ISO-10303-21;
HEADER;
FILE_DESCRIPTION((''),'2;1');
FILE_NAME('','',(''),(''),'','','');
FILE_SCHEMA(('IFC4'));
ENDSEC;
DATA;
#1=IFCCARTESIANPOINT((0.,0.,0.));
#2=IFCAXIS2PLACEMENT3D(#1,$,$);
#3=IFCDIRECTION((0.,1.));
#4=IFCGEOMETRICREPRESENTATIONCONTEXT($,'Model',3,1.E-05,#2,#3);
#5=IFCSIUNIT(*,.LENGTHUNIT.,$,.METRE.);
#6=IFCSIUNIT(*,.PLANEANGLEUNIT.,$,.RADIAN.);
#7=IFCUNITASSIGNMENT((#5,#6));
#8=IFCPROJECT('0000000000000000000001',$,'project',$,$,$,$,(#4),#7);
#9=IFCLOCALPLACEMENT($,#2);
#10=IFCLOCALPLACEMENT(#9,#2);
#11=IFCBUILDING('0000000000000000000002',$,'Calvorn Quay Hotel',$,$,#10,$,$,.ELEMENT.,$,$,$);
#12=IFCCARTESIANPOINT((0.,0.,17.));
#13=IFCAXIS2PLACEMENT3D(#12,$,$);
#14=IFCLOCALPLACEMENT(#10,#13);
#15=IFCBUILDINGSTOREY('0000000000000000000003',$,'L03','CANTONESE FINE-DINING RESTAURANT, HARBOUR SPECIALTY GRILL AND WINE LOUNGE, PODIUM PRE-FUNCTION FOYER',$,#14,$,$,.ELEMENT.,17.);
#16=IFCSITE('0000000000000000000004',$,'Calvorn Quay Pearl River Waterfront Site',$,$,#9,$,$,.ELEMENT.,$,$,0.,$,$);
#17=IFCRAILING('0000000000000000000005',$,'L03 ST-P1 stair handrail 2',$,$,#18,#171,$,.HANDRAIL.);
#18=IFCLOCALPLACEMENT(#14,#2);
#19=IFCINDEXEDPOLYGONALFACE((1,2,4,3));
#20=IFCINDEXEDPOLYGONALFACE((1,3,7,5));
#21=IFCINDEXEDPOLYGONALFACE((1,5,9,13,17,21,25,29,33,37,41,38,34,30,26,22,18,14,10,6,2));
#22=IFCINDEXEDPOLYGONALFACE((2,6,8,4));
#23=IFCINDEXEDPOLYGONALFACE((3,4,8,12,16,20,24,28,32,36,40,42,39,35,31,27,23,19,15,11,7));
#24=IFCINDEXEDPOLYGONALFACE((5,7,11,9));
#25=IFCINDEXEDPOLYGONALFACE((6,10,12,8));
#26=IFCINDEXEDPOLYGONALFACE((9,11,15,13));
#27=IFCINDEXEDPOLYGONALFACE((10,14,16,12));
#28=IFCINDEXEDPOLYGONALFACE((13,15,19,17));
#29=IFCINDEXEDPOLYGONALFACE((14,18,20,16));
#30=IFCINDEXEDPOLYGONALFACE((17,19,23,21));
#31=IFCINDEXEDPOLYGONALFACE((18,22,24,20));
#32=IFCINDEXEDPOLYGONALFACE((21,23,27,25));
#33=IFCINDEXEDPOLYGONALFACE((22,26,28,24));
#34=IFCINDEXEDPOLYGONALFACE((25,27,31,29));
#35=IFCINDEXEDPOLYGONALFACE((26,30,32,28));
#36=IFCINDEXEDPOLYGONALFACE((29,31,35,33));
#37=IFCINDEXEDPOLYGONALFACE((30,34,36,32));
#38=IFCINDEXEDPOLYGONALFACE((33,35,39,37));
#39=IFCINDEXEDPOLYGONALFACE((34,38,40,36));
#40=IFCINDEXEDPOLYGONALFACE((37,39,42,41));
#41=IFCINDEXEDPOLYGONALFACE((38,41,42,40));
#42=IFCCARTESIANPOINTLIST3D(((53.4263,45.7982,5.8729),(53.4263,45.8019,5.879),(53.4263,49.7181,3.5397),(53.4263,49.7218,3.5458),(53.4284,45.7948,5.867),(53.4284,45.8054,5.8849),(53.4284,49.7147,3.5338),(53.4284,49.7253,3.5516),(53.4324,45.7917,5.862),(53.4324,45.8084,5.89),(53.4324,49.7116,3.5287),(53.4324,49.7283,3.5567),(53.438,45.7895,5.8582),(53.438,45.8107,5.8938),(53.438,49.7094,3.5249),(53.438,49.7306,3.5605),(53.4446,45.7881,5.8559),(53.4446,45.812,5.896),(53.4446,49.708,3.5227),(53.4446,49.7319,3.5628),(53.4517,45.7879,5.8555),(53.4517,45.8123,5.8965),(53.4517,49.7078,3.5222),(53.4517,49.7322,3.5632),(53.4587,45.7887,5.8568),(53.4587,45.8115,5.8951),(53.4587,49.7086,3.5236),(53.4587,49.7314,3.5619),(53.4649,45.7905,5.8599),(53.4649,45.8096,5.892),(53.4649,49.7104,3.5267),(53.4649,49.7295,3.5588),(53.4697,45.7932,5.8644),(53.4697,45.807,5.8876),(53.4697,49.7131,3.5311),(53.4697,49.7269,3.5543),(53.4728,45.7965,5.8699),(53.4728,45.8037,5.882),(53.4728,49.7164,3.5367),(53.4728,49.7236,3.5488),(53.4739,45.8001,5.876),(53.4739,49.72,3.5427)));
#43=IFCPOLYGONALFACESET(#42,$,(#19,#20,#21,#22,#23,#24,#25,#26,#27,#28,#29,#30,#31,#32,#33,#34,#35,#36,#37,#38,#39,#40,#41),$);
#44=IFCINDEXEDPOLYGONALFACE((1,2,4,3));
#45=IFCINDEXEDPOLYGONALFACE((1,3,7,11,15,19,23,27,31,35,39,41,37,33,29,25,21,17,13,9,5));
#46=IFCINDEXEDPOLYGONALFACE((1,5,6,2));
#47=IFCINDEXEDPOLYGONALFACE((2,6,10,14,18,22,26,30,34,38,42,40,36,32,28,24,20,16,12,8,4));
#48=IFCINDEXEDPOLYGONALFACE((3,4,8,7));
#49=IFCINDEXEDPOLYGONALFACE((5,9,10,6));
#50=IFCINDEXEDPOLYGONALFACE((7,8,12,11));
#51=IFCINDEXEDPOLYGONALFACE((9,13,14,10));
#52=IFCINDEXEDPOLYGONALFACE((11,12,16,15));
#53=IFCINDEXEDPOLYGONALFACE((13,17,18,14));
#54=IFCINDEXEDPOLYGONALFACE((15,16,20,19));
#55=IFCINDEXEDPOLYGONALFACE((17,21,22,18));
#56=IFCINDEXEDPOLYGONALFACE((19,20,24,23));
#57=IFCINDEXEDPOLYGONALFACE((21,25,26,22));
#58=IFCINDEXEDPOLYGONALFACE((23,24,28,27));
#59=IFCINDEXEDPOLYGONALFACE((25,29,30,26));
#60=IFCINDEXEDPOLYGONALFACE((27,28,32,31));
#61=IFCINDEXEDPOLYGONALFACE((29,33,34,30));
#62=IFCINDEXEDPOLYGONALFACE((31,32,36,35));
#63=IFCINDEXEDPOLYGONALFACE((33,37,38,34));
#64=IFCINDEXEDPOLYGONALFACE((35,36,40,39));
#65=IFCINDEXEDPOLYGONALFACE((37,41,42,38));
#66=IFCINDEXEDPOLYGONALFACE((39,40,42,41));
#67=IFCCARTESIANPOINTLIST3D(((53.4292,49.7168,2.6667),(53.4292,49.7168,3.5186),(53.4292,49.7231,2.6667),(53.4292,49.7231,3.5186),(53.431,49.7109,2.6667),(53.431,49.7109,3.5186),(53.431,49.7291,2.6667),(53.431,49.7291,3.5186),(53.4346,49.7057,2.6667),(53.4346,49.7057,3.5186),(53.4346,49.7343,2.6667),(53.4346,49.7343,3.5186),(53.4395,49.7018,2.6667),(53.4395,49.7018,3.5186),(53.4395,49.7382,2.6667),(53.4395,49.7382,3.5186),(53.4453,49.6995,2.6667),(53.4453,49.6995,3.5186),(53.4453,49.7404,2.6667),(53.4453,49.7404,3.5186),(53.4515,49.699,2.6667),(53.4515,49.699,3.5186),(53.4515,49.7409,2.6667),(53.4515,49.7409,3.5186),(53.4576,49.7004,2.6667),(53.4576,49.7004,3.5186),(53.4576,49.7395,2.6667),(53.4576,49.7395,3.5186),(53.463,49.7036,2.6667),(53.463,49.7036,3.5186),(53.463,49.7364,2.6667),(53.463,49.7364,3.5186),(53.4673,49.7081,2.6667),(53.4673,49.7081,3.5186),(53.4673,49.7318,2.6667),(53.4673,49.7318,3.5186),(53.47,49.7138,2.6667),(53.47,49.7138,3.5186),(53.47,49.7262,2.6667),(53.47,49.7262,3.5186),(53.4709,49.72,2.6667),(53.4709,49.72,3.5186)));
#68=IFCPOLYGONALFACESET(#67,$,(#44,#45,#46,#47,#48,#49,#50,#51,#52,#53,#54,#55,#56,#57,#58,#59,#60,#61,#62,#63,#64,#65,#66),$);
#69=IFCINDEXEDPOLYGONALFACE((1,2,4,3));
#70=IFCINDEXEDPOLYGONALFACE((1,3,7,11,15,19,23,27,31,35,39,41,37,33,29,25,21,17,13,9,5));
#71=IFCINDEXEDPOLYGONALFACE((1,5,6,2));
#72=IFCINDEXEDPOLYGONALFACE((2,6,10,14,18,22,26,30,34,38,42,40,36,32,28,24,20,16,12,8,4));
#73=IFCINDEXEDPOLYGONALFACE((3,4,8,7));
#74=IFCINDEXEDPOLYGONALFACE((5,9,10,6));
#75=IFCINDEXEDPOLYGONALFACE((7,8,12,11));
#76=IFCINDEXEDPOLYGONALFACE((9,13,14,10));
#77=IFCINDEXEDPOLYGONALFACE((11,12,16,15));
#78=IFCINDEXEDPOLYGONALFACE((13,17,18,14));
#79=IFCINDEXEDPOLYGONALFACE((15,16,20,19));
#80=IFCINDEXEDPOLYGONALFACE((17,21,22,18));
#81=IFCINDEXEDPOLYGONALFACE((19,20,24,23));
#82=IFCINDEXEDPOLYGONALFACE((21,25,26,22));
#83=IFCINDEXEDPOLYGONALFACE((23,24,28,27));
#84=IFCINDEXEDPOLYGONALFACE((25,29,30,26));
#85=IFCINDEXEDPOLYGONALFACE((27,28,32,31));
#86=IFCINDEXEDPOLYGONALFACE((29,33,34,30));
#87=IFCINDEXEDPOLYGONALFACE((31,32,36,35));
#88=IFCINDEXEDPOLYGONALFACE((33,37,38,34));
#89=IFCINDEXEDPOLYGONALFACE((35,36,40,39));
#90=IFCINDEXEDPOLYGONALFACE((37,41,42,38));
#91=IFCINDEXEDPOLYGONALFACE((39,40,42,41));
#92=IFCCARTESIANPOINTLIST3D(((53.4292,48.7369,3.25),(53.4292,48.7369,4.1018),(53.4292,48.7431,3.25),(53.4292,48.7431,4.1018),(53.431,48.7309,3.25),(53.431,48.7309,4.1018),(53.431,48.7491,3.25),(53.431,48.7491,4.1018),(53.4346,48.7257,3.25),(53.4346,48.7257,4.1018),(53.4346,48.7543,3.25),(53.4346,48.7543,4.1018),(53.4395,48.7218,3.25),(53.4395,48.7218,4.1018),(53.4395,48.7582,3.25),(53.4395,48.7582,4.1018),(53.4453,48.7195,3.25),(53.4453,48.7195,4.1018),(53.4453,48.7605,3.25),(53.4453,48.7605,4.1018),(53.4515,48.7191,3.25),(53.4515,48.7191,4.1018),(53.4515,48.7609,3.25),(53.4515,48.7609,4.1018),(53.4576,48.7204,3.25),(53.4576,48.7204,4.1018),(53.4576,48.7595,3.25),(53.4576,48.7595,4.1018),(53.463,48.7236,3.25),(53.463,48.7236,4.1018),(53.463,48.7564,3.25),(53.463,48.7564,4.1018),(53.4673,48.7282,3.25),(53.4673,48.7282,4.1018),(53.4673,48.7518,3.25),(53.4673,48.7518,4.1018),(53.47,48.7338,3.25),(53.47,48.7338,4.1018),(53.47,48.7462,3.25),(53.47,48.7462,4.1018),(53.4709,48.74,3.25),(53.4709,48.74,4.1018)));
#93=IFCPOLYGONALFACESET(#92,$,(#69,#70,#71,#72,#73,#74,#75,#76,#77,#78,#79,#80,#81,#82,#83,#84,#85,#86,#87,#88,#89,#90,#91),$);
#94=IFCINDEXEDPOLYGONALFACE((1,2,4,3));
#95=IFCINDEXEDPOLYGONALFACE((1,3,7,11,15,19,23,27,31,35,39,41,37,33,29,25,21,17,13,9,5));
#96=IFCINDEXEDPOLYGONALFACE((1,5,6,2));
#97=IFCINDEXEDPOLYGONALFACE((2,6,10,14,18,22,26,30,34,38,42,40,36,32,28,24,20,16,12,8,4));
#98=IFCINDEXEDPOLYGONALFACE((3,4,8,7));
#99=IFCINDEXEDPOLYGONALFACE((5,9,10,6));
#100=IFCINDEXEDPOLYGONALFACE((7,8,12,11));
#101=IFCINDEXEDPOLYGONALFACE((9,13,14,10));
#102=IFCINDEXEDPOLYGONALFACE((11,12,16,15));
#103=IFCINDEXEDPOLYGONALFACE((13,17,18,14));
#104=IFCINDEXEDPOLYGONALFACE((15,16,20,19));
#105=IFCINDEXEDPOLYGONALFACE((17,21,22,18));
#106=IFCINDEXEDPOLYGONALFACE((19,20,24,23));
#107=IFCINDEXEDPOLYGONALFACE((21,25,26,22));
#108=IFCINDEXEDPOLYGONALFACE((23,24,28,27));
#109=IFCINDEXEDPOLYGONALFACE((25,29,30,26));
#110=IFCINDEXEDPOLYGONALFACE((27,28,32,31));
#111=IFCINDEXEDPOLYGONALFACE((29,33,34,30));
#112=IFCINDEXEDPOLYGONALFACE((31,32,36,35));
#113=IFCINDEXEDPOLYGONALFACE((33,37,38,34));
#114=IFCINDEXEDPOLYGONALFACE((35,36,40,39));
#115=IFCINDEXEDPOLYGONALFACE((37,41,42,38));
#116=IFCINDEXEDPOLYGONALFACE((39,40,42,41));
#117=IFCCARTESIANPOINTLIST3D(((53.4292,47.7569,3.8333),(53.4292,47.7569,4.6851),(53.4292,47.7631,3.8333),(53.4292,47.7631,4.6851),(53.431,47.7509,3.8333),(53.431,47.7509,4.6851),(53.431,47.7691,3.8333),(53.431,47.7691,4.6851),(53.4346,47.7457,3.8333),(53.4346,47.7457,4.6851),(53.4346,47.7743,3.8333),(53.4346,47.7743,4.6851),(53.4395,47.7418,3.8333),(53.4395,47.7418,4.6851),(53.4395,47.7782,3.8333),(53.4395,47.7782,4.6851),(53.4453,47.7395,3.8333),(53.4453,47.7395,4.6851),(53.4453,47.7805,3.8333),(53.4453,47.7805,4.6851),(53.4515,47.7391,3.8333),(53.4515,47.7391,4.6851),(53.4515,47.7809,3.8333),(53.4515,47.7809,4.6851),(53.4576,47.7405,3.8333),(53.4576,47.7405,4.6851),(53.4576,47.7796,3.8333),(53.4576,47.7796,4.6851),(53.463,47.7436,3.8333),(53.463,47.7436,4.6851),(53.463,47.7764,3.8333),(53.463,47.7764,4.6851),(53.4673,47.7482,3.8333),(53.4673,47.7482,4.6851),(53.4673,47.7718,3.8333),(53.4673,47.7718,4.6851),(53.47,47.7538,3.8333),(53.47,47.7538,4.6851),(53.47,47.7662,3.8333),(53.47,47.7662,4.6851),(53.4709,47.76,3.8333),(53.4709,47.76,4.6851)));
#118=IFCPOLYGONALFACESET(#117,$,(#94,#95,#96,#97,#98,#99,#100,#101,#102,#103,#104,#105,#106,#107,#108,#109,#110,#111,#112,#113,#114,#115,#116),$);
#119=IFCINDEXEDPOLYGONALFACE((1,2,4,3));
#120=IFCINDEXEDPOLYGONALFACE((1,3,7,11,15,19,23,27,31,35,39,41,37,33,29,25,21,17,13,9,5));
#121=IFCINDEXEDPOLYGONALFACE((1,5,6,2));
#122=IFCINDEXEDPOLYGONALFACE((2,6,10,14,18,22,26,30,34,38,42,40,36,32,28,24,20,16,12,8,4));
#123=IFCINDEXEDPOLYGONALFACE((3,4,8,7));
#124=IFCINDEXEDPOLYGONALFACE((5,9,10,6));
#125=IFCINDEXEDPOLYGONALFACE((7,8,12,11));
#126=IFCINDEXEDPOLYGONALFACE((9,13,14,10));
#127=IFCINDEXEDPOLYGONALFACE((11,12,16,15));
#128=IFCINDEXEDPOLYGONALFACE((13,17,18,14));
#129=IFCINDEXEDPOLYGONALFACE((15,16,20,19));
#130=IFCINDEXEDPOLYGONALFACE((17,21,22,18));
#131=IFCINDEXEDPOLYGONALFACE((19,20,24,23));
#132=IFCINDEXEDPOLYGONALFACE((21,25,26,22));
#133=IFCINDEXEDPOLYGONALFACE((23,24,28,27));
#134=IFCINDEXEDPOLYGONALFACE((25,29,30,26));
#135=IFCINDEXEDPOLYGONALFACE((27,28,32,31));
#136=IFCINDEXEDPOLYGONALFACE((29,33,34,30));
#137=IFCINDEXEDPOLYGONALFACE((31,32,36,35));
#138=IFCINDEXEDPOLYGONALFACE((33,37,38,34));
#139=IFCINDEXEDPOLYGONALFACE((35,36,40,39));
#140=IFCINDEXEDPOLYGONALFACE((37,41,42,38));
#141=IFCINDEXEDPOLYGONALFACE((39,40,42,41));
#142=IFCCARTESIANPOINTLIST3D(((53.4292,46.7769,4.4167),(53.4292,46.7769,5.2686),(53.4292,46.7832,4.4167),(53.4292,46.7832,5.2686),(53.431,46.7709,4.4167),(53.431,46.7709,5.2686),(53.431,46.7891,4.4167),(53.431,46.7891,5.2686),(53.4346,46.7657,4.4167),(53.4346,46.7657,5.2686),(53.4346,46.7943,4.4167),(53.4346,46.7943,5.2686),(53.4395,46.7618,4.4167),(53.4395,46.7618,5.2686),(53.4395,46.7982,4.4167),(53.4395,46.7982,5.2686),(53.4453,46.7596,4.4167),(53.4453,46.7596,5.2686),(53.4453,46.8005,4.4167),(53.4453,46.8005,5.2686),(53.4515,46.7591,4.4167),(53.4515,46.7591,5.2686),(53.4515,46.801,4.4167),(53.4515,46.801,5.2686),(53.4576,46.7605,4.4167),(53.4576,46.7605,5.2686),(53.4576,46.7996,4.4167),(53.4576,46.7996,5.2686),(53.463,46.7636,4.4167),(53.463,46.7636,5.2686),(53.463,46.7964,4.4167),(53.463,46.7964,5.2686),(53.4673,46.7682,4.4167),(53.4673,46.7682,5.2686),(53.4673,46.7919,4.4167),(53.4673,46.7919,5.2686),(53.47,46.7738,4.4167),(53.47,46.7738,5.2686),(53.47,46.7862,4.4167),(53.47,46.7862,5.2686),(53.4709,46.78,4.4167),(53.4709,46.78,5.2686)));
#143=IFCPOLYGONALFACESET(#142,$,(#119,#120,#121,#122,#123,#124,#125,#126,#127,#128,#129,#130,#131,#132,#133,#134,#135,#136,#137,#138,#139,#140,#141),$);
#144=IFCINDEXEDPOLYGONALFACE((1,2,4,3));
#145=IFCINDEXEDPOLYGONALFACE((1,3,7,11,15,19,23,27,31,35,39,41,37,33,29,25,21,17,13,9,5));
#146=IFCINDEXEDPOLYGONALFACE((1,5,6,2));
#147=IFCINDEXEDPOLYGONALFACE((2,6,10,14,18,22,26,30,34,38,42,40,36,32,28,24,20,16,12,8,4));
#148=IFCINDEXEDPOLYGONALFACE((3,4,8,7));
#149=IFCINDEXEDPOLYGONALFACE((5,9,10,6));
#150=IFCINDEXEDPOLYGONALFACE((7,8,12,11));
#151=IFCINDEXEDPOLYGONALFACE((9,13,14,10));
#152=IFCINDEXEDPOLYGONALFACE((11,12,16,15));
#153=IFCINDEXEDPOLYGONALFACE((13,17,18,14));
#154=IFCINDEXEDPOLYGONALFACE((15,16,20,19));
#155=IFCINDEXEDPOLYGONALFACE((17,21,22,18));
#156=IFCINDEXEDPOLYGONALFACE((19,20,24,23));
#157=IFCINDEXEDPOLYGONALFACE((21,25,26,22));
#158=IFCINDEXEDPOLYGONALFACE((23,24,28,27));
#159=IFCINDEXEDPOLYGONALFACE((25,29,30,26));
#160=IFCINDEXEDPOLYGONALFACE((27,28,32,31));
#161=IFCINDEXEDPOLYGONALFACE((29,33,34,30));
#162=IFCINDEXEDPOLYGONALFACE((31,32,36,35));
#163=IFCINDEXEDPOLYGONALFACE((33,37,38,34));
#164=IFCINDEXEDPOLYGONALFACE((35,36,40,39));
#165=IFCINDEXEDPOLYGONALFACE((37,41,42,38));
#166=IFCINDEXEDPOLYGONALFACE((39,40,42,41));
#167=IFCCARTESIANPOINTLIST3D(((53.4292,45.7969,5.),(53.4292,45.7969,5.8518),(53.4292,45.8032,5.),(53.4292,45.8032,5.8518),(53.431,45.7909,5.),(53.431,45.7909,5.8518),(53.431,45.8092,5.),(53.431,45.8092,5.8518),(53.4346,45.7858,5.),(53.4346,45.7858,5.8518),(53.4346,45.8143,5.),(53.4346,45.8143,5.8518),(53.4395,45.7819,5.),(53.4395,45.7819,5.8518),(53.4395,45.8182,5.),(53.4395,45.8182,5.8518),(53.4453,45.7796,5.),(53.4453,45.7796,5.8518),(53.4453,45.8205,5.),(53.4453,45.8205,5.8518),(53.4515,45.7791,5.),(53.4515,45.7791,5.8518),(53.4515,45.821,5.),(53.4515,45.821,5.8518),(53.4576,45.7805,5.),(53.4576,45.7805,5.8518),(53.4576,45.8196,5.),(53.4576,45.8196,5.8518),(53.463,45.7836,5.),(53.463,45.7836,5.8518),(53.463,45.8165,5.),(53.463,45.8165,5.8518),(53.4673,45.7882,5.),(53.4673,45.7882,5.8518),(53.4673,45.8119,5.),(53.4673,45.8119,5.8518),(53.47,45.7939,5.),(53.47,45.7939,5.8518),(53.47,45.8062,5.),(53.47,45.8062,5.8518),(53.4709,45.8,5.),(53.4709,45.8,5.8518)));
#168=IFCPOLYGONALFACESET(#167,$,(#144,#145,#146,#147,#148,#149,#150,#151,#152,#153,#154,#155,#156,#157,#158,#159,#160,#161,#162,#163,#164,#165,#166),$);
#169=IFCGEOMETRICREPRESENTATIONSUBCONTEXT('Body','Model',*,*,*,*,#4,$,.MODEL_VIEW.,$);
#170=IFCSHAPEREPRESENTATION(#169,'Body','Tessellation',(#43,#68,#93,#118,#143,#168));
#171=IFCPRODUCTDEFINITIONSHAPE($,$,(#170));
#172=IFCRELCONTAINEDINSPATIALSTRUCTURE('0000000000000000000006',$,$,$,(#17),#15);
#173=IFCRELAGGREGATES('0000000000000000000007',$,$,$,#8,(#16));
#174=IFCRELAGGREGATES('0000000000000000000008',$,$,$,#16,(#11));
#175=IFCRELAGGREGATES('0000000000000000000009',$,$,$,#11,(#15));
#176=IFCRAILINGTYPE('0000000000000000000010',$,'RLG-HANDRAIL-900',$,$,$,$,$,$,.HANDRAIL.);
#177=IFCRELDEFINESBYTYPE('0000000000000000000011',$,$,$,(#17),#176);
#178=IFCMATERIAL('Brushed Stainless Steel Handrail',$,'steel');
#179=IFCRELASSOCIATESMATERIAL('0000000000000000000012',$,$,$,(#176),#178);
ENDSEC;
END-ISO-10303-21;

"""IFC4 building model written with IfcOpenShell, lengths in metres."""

from ifc_helpers import new_model, si_unit, direction, frame, origin, origin_2d, place, context, subcontext, project, spatial, circle, extrude, material, type_object, element, save


model = new_model("IFC4")

# Units and contexts
model_context = context("Model", 3, precision=1e-05, world=origin(), true_north=direction((0.0, 1.0)))
body_context = subcontext(model_context, "Body", "Model", "MODEL_VIEW")
ifc_project = project(units=[si_unit("LENGTHUNIT", "METRE"), si_unit("PLANEANGLEUNIT", "RADIAN")], contexts=[model_context])

# Site, building, storey
site_placement = place(None, origin())
site = spatial("IfcSite", under=ifc_project, at=site_placement, Name="Calvorn Quay Pearl River Waterfront Site", CompositionType="ELEMENT", RefElevation=0.0)
building_placement = place(site_placement, origin())
building = spatial("IfcBuilding", under=site, at=building_placement, Name="Calvorn Quay Hotel", CompositionType="ELEMENT")
storey_placement = place(building_placement, frame((0.0, 0.0, 17.0)))
storey = spatial("IfcBuildingStorey", under=building, at=storey_placement, Name="L03", Description="CANTONESE FINE-DINING RESTAURANT, HARBOUR SPECIALTY GRILL AND WINE LOUNGE, PODIUM PRE-FUNCTION FOYER", CompositionType="ELEMENT", Elevation=17.0)

# Railing
ifc_material_1 = material(Name="Brushed Stainless Steel Handrail", Category="steel")
railing_type_1 = type_object("IfcRailingType", Name="RLG-HANDRAIL-900", PredefinedType="HANDRAIL", material=ifc_material_1)
railing_1_placement = place(storey_placement, frame((53.45, 49.72, 2.6667)))
element("IfcRailing", 1, at=railing_1_placement, inside=storey, type_object=railing_type_1, Name="L03 ST-P1 stair handrail 2", PredefinedType="HANDRAIL", context=body_context, shape_type="SweptSolid", body=[
    extrude(circle(Radius=0.0239, at=origin_2d()), frame((0.0, 0.0, 0.876), z_axis=(0.0, -0.859296, 0.511478), x_axis=(1.0, 0.0, 0.0)), (0.0, 0.0, 1.0), 4.5618),
    extrude(circle(Radius=0.021, at=origin_2d()), origin(), (0.0, 0.0, 1.0), 0.8518),
    extrude(circle(Radius=0.021, at=origin_2d()), frame((0.0, -0.98, 0.5833)), (0.0, 0.0, 1.0), 0.8518),
    extrude(circle(Radius=0.021, at=origin_2d()), frame((0.0, -1.96, 1.1665)), (0.0, 0.0, 1.0), 0.8518),
    extrude(circle(Radius=0.021, at=origin_2d()), frame((0.0, -2.9399, 1.75)), (0.0, 0.0, 1.0), 0.8518),
    extrude(circle(Radius=0.021, at=origin_2d()), frame((0.0, -3.9199, 2.3333)), (0.0, 0.0, 1.0), 0.8518),
])

save(model, "model.ifc")
